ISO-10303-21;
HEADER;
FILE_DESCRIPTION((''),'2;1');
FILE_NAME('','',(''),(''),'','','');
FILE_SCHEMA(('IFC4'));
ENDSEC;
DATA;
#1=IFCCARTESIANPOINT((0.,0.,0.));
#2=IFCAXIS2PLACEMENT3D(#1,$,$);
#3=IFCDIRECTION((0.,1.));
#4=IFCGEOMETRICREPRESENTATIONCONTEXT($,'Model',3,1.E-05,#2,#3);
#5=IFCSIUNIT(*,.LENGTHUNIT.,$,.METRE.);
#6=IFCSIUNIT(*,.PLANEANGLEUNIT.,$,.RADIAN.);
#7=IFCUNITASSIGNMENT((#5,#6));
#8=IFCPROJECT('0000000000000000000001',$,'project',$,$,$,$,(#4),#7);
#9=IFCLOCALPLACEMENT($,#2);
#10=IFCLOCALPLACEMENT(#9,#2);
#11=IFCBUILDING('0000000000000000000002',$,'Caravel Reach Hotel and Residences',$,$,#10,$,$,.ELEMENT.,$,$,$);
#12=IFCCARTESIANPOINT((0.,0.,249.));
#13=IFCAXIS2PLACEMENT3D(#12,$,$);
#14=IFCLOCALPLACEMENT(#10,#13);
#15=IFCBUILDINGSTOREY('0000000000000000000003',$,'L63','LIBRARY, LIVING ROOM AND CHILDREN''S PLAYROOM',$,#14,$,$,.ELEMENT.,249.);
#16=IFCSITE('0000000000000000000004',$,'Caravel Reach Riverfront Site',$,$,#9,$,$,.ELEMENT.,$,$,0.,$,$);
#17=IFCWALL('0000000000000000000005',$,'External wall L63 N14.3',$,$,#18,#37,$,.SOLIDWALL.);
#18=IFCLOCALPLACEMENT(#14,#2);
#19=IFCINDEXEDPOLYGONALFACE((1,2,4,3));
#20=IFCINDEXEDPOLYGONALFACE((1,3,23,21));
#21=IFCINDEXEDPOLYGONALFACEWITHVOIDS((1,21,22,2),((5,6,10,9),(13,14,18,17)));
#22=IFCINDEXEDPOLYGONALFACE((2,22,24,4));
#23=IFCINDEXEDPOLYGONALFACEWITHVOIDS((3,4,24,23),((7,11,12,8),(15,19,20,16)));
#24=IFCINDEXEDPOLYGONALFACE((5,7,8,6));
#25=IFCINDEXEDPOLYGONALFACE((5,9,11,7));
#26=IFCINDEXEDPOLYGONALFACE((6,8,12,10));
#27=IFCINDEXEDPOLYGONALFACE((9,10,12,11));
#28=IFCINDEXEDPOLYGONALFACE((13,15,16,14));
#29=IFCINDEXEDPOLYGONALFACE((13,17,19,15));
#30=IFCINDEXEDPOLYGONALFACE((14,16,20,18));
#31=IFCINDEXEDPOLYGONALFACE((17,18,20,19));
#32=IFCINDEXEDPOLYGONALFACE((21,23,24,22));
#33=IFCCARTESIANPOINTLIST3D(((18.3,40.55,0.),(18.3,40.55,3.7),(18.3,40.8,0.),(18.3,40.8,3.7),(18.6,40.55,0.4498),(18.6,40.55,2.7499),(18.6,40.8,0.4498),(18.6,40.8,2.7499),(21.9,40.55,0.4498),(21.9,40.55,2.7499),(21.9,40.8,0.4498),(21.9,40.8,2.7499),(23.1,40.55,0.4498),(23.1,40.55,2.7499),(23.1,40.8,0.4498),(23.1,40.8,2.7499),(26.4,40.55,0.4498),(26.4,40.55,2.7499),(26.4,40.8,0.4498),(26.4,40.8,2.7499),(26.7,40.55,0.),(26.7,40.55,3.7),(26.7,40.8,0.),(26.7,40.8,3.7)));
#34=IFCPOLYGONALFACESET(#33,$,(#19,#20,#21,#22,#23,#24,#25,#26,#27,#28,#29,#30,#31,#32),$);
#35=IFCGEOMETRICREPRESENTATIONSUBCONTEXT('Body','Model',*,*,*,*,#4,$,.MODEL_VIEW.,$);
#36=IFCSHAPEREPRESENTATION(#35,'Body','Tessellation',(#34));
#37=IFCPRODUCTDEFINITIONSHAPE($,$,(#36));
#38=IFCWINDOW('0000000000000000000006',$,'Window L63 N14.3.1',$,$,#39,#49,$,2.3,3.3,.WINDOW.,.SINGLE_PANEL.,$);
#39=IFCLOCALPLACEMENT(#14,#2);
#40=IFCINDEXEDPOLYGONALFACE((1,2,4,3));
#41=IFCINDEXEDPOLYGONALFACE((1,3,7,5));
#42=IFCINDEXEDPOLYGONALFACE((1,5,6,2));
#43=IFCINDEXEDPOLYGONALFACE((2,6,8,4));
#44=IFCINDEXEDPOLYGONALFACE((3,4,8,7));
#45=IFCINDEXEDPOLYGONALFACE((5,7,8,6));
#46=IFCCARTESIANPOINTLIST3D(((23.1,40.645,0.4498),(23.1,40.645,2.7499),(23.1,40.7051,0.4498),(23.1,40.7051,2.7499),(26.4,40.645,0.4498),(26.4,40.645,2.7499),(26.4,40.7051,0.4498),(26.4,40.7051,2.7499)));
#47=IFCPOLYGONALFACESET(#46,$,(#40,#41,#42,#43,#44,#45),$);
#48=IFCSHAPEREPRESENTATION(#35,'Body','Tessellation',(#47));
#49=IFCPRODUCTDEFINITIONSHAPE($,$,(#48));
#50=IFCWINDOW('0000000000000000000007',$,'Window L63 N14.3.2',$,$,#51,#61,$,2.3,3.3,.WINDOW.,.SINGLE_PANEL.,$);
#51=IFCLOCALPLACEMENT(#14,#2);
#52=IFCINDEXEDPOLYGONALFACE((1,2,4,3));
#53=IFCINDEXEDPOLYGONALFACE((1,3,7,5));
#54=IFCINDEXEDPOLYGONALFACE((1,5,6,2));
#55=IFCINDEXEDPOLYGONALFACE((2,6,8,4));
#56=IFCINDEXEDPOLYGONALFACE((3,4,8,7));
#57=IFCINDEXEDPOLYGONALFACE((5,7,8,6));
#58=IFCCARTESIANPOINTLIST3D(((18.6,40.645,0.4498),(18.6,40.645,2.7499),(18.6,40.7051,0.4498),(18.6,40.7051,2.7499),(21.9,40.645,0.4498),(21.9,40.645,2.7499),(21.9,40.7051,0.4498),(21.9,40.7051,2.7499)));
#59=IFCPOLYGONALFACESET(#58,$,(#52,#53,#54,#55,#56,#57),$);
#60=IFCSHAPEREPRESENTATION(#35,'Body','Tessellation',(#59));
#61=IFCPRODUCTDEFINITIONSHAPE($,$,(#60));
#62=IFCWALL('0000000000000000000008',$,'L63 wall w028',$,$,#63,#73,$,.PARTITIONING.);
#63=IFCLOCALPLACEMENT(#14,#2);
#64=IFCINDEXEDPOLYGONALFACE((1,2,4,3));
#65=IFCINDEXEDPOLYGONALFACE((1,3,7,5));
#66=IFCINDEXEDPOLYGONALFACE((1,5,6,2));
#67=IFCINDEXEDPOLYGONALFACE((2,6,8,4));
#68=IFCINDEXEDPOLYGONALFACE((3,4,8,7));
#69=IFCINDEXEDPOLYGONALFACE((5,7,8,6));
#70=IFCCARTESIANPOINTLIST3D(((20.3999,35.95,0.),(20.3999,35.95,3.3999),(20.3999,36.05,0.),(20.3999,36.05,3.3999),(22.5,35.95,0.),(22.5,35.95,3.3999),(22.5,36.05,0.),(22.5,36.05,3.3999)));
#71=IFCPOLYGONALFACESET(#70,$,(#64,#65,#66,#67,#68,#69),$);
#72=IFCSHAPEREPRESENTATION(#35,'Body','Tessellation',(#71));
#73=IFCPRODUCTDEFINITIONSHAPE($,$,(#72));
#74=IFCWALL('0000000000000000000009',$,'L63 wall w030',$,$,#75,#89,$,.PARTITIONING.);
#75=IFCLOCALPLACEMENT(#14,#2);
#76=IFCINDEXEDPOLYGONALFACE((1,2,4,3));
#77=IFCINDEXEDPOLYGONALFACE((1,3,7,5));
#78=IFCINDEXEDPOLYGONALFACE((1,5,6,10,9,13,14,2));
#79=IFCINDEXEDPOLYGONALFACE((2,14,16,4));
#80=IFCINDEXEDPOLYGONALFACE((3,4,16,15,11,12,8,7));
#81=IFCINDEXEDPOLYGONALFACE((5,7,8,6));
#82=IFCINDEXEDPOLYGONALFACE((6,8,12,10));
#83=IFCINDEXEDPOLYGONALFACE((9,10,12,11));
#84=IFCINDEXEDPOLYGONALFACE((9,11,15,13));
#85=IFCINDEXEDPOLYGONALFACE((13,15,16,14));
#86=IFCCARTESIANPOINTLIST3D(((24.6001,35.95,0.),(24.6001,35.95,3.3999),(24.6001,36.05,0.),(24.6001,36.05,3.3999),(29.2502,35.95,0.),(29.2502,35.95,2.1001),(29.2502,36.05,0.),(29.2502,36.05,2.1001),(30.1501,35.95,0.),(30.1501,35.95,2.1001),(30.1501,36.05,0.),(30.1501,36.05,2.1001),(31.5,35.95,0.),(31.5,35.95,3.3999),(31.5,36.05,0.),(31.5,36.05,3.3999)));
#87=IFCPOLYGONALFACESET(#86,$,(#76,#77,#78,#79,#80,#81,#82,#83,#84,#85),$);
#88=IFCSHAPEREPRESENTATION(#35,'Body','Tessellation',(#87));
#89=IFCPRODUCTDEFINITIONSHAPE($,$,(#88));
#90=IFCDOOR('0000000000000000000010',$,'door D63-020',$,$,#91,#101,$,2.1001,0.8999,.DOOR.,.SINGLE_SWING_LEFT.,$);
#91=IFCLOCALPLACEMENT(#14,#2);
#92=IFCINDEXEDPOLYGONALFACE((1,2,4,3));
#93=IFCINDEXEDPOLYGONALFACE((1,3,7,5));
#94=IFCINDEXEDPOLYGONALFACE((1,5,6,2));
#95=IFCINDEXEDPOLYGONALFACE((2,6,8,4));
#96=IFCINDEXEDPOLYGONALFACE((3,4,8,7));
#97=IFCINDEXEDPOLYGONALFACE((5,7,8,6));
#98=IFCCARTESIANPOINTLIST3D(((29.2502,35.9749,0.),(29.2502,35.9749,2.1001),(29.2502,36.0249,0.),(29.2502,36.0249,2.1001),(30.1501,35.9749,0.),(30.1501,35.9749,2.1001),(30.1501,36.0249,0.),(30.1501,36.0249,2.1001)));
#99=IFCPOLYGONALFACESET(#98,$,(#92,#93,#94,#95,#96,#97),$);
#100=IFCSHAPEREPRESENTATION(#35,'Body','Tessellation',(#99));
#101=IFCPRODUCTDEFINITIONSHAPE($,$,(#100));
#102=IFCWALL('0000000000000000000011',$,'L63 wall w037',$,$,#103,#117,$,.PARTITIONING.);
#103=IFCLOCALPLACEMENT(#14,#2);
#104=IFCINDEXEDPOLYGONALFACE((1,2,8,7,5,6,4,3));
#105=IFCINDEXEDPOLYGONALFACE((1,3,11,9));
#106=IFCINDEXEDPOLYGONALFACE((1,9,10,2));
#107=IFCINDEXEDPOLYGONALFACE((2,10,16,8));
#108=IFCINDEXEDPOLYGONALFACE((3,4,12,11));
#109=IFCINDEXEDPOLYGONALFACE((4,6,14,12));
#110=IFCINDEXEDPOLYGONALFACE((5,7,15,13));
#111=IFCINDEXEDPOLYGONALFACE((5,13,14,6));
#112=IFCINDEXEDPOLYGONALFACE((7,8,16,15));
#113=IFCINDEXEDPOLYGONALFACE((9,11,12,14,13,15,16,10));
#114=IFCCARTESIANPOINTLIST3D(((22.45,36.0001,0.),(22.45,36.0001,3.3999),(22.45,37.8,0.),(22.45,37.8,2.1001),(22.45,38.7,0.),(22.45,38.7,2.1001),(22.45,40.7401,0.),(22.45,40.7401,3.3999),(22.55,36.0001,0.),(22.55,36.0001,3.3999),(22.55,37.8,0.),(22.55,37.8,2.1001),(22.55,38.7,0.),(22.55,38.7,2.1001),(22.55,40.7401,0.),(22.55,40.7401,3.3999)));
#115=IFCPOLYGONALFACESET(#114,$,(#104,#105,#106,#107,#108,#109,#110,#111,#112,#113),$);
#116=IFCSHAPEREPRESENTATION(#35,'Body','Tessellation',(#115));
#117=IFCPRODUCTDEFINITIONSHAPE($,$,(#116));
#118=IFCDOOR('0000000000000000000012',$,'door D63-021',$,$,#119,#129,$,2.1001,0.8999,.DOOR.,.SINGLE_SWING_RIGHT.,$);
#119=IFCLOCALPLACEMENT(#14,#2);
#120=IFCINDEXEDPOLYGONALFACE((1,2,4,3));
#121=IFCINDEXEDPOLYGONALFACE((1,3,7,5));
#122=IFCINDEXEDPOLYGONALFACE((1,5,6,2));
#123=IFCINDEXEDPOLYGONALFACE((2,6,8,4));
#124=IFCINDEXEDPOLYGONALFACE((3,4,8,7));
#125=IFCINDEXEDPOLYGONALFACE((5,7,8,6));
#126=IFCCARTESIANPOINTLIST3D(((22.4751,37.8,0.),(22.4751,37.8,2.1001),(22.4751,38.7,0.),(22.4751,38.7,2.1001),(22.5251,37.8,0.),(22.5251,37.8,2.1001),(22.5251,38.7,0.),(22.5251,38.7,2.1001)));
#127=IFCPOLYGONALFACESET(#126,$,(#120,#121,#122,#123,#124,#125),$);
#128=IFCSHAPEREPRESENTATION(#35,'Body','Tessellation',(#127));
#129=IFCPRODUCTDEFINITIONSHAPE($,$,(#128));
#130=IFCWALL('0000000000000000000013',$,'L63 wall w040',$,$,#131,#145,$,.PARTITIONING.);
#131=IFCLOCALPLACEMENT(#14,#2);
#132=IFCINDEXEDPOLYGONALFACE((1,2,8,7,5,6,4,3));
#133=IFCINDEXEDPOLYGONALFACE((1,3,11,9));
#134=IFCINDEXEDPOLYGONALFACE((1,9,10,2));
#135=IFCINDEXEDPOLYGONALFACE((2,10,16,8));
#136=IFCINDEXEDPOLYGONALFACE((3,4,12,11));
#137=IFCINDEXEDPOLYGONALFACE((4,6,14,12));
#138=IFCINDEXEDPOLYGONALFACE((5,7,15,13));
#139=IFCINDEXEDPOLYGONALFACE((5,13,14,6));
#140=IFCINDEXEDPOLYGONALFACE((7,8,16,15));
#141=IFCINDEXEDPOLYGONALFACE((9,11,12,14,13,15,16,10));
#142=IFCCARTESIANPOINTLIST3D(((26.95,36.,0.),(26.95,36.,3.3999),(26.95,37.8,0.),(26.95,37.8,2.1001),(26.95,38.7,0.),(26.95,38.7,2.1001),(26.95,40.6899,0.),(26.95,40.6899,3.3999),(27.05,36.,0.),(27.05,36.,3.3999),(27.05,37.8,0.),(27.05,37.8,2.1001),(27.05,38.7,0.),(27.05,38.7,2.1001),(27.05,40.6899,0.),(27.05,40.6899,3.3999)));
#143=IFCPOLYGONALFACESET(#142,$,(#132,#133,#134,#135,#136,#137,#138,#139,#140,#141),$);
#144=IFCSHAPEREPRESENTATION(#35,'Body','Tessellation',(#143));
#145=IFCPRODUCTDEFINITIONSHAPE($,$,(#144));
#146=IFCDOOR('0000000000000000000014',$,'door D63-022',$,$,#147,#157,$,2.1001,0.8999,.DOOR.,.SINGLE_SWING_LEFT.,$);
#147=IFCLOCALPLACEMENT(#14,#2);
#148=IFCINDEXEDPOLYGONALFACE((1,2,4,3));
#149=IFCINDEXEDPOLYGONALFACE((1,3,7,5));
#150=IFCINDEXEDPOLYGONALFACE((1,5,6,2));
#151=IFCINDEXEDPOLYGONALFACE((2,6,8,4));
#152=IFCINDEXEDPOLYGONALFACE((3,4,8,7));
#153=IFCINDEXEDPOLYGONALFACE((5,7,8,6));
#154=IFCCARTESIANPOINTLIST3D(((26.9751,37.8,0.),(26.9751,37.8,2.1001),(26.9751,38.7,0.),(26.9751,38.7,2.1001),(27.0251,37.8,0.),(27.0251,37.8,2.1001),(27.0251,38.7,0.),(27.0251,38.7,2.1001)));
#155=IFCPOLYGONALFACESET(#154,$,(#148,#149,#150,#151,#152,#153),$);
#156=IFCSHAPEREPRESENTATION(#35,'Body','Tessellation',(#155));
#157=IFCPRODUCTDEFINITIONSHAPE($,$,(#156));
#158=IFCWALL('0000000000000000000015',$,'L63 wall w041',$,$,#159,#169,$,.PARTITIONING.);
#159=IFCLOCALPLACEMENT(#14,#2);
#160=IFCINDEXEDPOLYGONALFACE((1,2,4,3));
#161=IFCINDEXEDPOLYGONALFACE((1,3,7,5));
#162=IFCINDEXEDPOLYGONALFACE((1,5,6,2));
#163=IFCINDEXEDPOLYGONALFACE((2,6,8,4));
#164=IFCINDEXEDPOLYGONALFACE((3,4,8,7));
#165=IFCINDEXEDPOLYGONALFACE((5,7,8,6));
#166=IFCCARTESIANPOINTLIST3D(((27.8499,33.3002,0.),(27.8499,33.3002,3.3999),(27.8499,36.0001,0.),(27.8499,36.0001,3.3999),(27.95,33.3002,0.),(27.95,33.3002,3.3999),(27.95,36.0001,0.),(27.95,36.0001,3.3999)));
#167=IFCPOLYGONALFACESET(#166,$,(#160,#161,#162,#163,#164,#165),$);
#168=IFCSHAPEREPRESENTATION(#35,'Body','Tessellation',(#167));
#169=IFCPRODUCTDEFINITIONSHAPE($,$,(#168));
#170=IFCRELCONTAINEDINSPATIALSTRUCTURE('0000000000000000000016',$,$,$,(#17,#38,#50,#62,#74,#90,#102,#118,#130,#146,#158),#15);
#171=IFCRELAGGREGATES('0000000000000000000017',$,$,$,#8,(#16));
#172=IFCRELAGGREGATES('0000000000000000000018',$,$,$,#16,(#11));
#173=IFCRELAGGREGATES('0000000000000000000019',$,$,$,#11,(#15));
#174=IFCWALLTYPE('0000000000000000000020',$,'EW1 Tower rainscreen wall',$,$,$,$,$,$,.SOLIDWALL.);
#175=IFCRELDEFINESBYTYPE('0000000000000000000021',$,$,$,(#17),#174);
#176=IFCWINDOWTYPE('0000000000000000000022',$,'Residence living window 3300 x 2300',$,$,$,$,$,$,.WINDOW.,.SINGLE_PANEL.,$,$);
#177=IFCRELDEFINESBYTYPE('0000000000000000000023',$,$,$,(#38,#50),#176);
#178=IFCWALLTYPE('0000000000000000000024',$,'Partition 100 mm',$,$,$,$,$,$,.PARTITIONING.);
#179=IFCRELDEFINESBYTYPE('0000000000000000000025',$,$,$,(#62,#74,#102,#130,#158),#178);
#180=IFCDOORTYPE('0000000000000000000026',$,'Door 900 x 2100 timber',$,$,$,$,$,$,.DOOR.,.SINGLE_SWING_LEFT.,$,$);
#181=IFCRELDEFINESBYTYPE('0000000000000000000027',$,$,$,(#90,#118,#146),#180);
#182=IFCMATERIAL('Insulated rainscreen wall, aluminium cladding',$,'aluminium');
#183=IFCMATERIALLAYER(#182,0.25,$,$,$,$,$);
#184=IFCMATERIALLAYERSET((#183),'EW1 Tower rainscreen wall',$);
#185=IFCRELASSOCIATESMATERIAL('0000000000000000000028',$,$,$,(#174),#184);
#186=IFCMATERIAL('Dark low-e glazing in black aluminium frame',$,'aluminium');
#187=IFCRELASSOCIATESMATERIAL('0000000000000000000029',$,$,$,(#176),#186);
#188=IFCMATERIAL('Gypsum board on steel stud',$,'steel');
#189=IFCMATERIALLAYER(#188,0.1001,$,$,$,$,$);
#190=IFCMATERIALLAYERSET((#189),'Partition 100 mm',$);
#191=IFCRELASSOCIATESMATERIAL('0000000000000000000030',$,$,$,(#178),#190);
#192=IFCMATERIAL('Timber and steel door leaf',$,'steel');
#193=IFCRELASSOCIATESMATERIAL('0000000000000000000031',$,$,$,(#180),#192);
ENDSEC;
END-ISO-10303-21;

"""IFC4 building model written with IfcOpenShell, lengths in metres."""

from ifc_helpers import new_model, si_unit, direction, frame, frame_2d, origin, place, context, subcontext, project, spatial, rectangle, extrude, material, layer, layer_set, type_object, element, fill, save


model = new_model("IFC4")

# Units and contexts
model_context = context("Model", 3, precision=1e-05, world=origin(), true_north=direction((0.0, 1.0)))
body_context = subcontext(model_context, "Body", "Model", "MODEL_VIEW")
ifc_project = project(units=[si_unit("LENGTHUNIT", "METRE"), si_unit("PLANEANGLEUNIT", "RADIAN")], contexts=[model_context])

# Site, building, storey
site_placement = place(None, origin())
site = spatial("IfcSite", under=ifc_project, at=site_placement, Name="Caravel Reach Riverfront Site", CompositionType="ELEMENT", RefElevation=0.0)
building_placement = place(site_placement, origin())
building = spatial("IfcBuilding", under=site, at=building_placement, Name="Caravel Reach Hotel and Residences", CompositionType="ELEMENT")
storey_placement = place(building_placement, frame((0.0, 0.0, 249.0)))
storey = spatial("IfcBuildingStorey", under=building, at=storey_placement, Name="L63", Description="LIBRARY, LIVING ROOM AND CHILDREN'S PLAYROOM", CompositionType="ELEMENT", Elevation=249.0)

# Wall, openings, windows
ifc_material_1 = material(Name="Insulated rainscreen wall, aluminium cladding", Category="aluminium")
ifc_layer_1 = layer(ifc_material_1, 0.25)
ifc_layer_set_1 = layer_set([ifc_layer_1], Name="EW1 Tower rainscreen wall")
wall_type_1 = type_object("IfcWallType", Name="EW1 Tower rainscreen wall", PredefinedType="SOLIDWALL", material=ifc_layer_set_1)
ifc_material_2 = material(Name="Dark low-e glazing in black aluminium frame", Category="aluminium")
window_type = type_object("IfcWindowType", Name="Residence living window 3300 x 2300", PartitioningType="SINGLE_PANEL", PredefinedType="WINDOW", material=ifc_material_2)
wall_1_placement = place(storey_placement, frame((26.7, 40.675, 0.0), z_axis=(0.0, 0.0, 1.0), x_axis=(-1.0, 0.0, 0.0)))
wall_1 = element("IfcWall", 1, at=wall_1_placement, inside=storey, type_object=wall_type_1, Name="External wall L63 N14.3", PredefinedType="SOLIDWALL", context=body_context, shape_type="SweptSolid", body=[
    extrude(rectangle(XDim=8.3999, YDim=0.25, at=frame_2d((4.2, 0.0))), origin(), (0.0, 0.0, 1.0), 3.7),
])
opening_1_placement = place(wall_1_placement, frame((0.3, 0.0, 0.45)))
opening_1 = element("IfcOpeningElement", 2, at=opening_1_placement, cuts=wall_1, PredefinedType="OPENING", context=body_context, shape_type="SweptSolid", body=[
    extrude(rectangle(XDim=3.3, YDim=2.3, at=frame_2d((1.6499, 1.1499))), frame((0.0, 0.135, 0.0), z_axis=(0.0, -1.0, 0.0), x_axis=(1.0, 0.0, 0.0)), (0.0, 0.0, 1.0), 0.27),
])
opening_2_placement = place(wall_1_placement, frame((4.8, 0.0, 0.45)))
opening_2 = element("IfcOpeningElement", 3, at=opening_2_placement, cuts=wall_1, PredefinedType="OPENING", context=body_context, shape_type="SweptSolid", body=[
    extrude(rectangle(XDim=3.3, YDim=2.3, at=frame_2d((1.6499, 1.1499))), frame((0.0, 0.135, 0.0), z_axis=(0.0, -1.0, 0.0), x_axis=(1.0, 0.0, 0.0)), (0.0, 0.0, 1.0), 0.27),
])
window_1_placement = place(opening_1_placement, origin())
window_1 = element("IfcWindow", 4, at=window_1_placement, inside=storey, type_object=window_type, Name="Window L63 N14.3.1", OverallHeight=2.3, OverallWidth=3.3, PartitioningType="SINGLE_PANEL", PredefinedType="WINDOW", context=body_context, shape_type="SweptSolid", body=[
    extrude(rectangle(XDim=3.3, YDim=2.3, at=frame_2d((1.6499, 1.1499))), frame((0.0, 0.03, 0.0), z_axis=(0.0, -1.0, 0.0), x_axis=(1.0, 0.0, 0.0)), (0.0, 0.0, 1.0), 0.0601),
])
fill(opening_1, window_1)
window_2_placement = place(opening_2_placement, origin())
window_2 = element("IfcWindow", 5, at=window_2_placement, inside=storey, type_object=window_type, Name="Window L63 N14.3.2", OverallHeight=2.3, OverallWidth=3.3, PartitioningType="SINGLE_PANEL", PredefinedType="WINDOW", context=body_context, shape_type="SweptSolid", body=[
    extrude(rectangle(XDim=3.3, YDim=2.3, at=frame_2d((1.6499, 1.1499))), frame((0.0, 0.03, 0.0), z_axis=(0.0, -1.0, 0.0), x_axis=(1.0, 0.0, 0.0)), (0.0, 0.0, 1.0), 0.0601),
])
fill(opening_2, window_2)

# Wall
ifc_material_3 = material(Name="Gypsum board on steel stud", Category="steel")
ifc_layer_2 = layer(ifc_material_3, 0.1001)
ifc_layer_set_2 = layer_set([ifc_layer_2], Name="Partition 100 mm")
wall_type_2 = type_object("IfcWallType", Name="Partition 100 mm", PredefinedType="PARTITIONING", material=ifc_layer_set_2)
wall_2_placement = place(storey_placement, frame((20.3999, 36.0, 0.0), z_axis=(0.0, 0.0, 1.0), x_axis=(1.0, 0.0, 0.0)))
element("IfcWall", 6, at=wall_2_placement, inside=storey, type_object=wall_type_2, Name="L63 wall w028", PredefinedType="PARTITIONING", context=body_context, shape_type="SweptSolid", body=[
    extrude(rectangle(XDim=2.1001, YDim=0.1001, at=frame_2d((1.05, 0.0))), origin(), (0.0, 0.0, 1.0), 3.3999),
])

# Walls, openings, doors
wall_3_placement = place(storey_placement, frame((24.6001, 36.0, 0.0), z_axis=(0.0, 0.0, 1.0), x_axis=(1.0, 0.0, 0.0)))
wall_3 = element("IfcWall", 7, at=wall_3_placement, inside=storey, type_object=wall_type_2, Name="L63 wall w030", PredefinedType="PARTITIONING", context=body_context, shape_type="SweptSolid", body=[
    extrude(rectangle(XDim=6.8999, YDim=0.1001, at=frame_2d((3.45, 0.0))), origin(), (0.0, 0.0, 1.0), 3.3999),
])
opening_3_placement = place(wall_3_placement, frame((4.6501, 0.0, 0.0)))
opening_3 = element("IfcOpeningElement", 8, at=opening_3_placement, cuts=wall_3, PredefinedType="OPENING", context=body_context, shape_type="SweptSolid", body=[
    extrude(rectangle(XDim=0.8999, YDim=2.1001, at=frame_2d((0.45, 1.05))), frame((0.0, 0.0601, 0.0), z_axis=(0.0, -1.0, 0.0), x_axis=(1.0, 0.0, 0.0)), (0.0, 0.0, 1.0), 0.1201),
])
ifc_material_4 = material(Name="Timber and steel door leaf", Category="steel")
door_type = type_object("IfcDoorType", Name="Door 900 x 2100 timber", OperationType="SINGLE_SWING_LEFT", PredefinedType="DOOR", material=ifc_material_4)
door_1_placement = place(opening_3_placement, origin())
door_1 = element("IfcDoor", 9, at=door_1_placement, inside=storey, type_object=door_type, Name="door D63-020", OperationType="SINGLE_SWING_LEFT", OverallHeight=2.1001, OverallWidth=0.8999, PredefinedType="DOOR", context=body_context, shape_type="SweptSolid", body=[
    extrude(rectangle(XDim=0.8999, YDim=2.1001, at=frame_2d((0.45, 1.05))), frame((0.0, 0.0249, 0.0), z_axis=(0.0, -1.0, 0.0), x_axis=(1.0, 0.0, 0.0)), (0.0, 0.0, 1.0), 0.05),
])
fill(opening_3, door_1)
wall_4_placement = place(storey_placement, frame((22.5, 36.0, 0.0), z_axis=(0.0, 0.0, 1.0), x_axis=(0.0, 1.0, 0.0)))
wall_4 = element("IfcWall", 10, at=wall_4_placement, inside=storey, type_object=wall_type_2, Name="L63 wall w037", PredefinedType="PARTITIONING", context=body_context, shape_type="SweptSolid", body=[
    extrude(rectangle(XDim=4.74, YDim=0.1001, at=frame_2d((2.3701, 0.0))), origin(), (0.0, 0.0, 1.0), 3.3999),
])
opening_4_placement = place(wall_4_placement, frame((1.8, 0.0, 0.0)))
opening_4 = element("IfcOpeningElement", 11, at=opening_4_placement, cuts=wall_4, PredefinedType="OPENING", context=body_context, shape_type="SweptSolid", body=[
    extrude(rectangle(XDim=0.8999, YDim=2.1001, at=frame_2d((0.45, 1.05))), frame((0.0, 0.0601, 0.0), z_axis=(0.0, -1.0, 0.0), x_axis=(1.0, 0.0, 0.0)), (0.0, 0.0, 1.0), 0.1201),
])
door_2_placement = place(opening_4_placement, origin())
door_2 = element("IfcDoor", 12, at=door_2_placement, inside=storey, type_object=door_type, Name="door D63-021", OperationType="SINGLE_SWING_RIGHT", OverallHeight=2.1001, OverallWidth=0.8999, PredefinedType="DOOR", context=body_context, shape_type="SweptSolid", body=[
    extrude(rectangle(XDim=0.8999, YDim=2.1001, at=frame_2d((0.45, 1.05))), frame((0.0, 0.0249, 0.0), z_axis=(0.0, -1.0, 0.0), x_axis=(1.0, 0.0, 0.0)), (0.0, 0.0, 1.0), 0.05),
])
fill(opening_4, door_2)
wall_5_placement = place(storey_placement, frame((27.0, 36.0, 0.0), z_axis=(0.0, 0.0, 1.0), x_axis=(0.0, 1.0, 0.0)))
wall_5 = element("IfcWall", 13, at=wall_5_placement, inside=storey, type_object=wall_type_2, Name="L63 wall w040", PredefinedType="PARTITIONING", context=body_context, shape_type="SweptSolid", body=[
    extrude(rectangle(XDim=4.6899, YDim=0.1001, at=frame_2d((2.345, 0.0))), origin(), (0.0, 0.0, 1.0), 3.3999),
])
opening_5_placement = place(wall_5_placement, frame((1.8, 0.0, 0.0)))
opening_5 = element("IfcOpeningElement", 14, at=opening_5_placement, cuts=wall_5, PredefinedType="OPENING", context=body_context, shape_type="SweptSolid", body=[
    extrude(rectangle(XDim=0.8999, YDim=2.1001, at=frame_2d((0.45, 1.05))), frame((0.0, 0.0601, 0.0), z_axis=(0.0, -1.0, 0.0), x_axis=(1.0, 0.0, 0.0)), (0.0, 0.0, 1.0), 0.1201),
])
door_3_placement = place(opening_5_placement, origin())
door_3 = element("IfcDoor", 15, at=door_3_placement, inside=storey, type_object=door_type, Name="door D63-022", OperationType="SINGLE_SWING_LEFT", OverallHeight=2.1001, OverallWidth=0.8999, PredefinedType="DOOR", context=body_context, shape_type="SweptSolid", body=[
    extrude(rectangle(XDim=0.8999, YDim=2.1001, at=frame_2d((0.45, 1.05))), frame((0.0, 0.0249, 0.0), z_axis=(0.0, -1.0, 0.0), x_axis=(1.0, 0.0, 0.0)), (0.0, 0.0, 1.0), 0.05),
])
fill(opening_5, door_3)

# Wall
wall_6_placement = place(storey_placement, frame((27.8999, 33.3, 0.0), z_axis=(0.0, 0.0, 1.0), x_axis=(0.0, 1.0, 0.0)))
element("IfcWall", 16, at=wall_6_placement, inside=storey, type_object=wall_type_2, Name="L63 wall w041", PredefinedType="PARTITIONING", context=body_context, shape_type="SweptSolid", body=[
    extrude(rectangle(XDim=2.7, YDim=0.1001, at=frame_2d((1.3501, 0.0))), origin(), (0.0, 0.0, 1.0), 3.3999),
])

save(model, "model.ifc")
